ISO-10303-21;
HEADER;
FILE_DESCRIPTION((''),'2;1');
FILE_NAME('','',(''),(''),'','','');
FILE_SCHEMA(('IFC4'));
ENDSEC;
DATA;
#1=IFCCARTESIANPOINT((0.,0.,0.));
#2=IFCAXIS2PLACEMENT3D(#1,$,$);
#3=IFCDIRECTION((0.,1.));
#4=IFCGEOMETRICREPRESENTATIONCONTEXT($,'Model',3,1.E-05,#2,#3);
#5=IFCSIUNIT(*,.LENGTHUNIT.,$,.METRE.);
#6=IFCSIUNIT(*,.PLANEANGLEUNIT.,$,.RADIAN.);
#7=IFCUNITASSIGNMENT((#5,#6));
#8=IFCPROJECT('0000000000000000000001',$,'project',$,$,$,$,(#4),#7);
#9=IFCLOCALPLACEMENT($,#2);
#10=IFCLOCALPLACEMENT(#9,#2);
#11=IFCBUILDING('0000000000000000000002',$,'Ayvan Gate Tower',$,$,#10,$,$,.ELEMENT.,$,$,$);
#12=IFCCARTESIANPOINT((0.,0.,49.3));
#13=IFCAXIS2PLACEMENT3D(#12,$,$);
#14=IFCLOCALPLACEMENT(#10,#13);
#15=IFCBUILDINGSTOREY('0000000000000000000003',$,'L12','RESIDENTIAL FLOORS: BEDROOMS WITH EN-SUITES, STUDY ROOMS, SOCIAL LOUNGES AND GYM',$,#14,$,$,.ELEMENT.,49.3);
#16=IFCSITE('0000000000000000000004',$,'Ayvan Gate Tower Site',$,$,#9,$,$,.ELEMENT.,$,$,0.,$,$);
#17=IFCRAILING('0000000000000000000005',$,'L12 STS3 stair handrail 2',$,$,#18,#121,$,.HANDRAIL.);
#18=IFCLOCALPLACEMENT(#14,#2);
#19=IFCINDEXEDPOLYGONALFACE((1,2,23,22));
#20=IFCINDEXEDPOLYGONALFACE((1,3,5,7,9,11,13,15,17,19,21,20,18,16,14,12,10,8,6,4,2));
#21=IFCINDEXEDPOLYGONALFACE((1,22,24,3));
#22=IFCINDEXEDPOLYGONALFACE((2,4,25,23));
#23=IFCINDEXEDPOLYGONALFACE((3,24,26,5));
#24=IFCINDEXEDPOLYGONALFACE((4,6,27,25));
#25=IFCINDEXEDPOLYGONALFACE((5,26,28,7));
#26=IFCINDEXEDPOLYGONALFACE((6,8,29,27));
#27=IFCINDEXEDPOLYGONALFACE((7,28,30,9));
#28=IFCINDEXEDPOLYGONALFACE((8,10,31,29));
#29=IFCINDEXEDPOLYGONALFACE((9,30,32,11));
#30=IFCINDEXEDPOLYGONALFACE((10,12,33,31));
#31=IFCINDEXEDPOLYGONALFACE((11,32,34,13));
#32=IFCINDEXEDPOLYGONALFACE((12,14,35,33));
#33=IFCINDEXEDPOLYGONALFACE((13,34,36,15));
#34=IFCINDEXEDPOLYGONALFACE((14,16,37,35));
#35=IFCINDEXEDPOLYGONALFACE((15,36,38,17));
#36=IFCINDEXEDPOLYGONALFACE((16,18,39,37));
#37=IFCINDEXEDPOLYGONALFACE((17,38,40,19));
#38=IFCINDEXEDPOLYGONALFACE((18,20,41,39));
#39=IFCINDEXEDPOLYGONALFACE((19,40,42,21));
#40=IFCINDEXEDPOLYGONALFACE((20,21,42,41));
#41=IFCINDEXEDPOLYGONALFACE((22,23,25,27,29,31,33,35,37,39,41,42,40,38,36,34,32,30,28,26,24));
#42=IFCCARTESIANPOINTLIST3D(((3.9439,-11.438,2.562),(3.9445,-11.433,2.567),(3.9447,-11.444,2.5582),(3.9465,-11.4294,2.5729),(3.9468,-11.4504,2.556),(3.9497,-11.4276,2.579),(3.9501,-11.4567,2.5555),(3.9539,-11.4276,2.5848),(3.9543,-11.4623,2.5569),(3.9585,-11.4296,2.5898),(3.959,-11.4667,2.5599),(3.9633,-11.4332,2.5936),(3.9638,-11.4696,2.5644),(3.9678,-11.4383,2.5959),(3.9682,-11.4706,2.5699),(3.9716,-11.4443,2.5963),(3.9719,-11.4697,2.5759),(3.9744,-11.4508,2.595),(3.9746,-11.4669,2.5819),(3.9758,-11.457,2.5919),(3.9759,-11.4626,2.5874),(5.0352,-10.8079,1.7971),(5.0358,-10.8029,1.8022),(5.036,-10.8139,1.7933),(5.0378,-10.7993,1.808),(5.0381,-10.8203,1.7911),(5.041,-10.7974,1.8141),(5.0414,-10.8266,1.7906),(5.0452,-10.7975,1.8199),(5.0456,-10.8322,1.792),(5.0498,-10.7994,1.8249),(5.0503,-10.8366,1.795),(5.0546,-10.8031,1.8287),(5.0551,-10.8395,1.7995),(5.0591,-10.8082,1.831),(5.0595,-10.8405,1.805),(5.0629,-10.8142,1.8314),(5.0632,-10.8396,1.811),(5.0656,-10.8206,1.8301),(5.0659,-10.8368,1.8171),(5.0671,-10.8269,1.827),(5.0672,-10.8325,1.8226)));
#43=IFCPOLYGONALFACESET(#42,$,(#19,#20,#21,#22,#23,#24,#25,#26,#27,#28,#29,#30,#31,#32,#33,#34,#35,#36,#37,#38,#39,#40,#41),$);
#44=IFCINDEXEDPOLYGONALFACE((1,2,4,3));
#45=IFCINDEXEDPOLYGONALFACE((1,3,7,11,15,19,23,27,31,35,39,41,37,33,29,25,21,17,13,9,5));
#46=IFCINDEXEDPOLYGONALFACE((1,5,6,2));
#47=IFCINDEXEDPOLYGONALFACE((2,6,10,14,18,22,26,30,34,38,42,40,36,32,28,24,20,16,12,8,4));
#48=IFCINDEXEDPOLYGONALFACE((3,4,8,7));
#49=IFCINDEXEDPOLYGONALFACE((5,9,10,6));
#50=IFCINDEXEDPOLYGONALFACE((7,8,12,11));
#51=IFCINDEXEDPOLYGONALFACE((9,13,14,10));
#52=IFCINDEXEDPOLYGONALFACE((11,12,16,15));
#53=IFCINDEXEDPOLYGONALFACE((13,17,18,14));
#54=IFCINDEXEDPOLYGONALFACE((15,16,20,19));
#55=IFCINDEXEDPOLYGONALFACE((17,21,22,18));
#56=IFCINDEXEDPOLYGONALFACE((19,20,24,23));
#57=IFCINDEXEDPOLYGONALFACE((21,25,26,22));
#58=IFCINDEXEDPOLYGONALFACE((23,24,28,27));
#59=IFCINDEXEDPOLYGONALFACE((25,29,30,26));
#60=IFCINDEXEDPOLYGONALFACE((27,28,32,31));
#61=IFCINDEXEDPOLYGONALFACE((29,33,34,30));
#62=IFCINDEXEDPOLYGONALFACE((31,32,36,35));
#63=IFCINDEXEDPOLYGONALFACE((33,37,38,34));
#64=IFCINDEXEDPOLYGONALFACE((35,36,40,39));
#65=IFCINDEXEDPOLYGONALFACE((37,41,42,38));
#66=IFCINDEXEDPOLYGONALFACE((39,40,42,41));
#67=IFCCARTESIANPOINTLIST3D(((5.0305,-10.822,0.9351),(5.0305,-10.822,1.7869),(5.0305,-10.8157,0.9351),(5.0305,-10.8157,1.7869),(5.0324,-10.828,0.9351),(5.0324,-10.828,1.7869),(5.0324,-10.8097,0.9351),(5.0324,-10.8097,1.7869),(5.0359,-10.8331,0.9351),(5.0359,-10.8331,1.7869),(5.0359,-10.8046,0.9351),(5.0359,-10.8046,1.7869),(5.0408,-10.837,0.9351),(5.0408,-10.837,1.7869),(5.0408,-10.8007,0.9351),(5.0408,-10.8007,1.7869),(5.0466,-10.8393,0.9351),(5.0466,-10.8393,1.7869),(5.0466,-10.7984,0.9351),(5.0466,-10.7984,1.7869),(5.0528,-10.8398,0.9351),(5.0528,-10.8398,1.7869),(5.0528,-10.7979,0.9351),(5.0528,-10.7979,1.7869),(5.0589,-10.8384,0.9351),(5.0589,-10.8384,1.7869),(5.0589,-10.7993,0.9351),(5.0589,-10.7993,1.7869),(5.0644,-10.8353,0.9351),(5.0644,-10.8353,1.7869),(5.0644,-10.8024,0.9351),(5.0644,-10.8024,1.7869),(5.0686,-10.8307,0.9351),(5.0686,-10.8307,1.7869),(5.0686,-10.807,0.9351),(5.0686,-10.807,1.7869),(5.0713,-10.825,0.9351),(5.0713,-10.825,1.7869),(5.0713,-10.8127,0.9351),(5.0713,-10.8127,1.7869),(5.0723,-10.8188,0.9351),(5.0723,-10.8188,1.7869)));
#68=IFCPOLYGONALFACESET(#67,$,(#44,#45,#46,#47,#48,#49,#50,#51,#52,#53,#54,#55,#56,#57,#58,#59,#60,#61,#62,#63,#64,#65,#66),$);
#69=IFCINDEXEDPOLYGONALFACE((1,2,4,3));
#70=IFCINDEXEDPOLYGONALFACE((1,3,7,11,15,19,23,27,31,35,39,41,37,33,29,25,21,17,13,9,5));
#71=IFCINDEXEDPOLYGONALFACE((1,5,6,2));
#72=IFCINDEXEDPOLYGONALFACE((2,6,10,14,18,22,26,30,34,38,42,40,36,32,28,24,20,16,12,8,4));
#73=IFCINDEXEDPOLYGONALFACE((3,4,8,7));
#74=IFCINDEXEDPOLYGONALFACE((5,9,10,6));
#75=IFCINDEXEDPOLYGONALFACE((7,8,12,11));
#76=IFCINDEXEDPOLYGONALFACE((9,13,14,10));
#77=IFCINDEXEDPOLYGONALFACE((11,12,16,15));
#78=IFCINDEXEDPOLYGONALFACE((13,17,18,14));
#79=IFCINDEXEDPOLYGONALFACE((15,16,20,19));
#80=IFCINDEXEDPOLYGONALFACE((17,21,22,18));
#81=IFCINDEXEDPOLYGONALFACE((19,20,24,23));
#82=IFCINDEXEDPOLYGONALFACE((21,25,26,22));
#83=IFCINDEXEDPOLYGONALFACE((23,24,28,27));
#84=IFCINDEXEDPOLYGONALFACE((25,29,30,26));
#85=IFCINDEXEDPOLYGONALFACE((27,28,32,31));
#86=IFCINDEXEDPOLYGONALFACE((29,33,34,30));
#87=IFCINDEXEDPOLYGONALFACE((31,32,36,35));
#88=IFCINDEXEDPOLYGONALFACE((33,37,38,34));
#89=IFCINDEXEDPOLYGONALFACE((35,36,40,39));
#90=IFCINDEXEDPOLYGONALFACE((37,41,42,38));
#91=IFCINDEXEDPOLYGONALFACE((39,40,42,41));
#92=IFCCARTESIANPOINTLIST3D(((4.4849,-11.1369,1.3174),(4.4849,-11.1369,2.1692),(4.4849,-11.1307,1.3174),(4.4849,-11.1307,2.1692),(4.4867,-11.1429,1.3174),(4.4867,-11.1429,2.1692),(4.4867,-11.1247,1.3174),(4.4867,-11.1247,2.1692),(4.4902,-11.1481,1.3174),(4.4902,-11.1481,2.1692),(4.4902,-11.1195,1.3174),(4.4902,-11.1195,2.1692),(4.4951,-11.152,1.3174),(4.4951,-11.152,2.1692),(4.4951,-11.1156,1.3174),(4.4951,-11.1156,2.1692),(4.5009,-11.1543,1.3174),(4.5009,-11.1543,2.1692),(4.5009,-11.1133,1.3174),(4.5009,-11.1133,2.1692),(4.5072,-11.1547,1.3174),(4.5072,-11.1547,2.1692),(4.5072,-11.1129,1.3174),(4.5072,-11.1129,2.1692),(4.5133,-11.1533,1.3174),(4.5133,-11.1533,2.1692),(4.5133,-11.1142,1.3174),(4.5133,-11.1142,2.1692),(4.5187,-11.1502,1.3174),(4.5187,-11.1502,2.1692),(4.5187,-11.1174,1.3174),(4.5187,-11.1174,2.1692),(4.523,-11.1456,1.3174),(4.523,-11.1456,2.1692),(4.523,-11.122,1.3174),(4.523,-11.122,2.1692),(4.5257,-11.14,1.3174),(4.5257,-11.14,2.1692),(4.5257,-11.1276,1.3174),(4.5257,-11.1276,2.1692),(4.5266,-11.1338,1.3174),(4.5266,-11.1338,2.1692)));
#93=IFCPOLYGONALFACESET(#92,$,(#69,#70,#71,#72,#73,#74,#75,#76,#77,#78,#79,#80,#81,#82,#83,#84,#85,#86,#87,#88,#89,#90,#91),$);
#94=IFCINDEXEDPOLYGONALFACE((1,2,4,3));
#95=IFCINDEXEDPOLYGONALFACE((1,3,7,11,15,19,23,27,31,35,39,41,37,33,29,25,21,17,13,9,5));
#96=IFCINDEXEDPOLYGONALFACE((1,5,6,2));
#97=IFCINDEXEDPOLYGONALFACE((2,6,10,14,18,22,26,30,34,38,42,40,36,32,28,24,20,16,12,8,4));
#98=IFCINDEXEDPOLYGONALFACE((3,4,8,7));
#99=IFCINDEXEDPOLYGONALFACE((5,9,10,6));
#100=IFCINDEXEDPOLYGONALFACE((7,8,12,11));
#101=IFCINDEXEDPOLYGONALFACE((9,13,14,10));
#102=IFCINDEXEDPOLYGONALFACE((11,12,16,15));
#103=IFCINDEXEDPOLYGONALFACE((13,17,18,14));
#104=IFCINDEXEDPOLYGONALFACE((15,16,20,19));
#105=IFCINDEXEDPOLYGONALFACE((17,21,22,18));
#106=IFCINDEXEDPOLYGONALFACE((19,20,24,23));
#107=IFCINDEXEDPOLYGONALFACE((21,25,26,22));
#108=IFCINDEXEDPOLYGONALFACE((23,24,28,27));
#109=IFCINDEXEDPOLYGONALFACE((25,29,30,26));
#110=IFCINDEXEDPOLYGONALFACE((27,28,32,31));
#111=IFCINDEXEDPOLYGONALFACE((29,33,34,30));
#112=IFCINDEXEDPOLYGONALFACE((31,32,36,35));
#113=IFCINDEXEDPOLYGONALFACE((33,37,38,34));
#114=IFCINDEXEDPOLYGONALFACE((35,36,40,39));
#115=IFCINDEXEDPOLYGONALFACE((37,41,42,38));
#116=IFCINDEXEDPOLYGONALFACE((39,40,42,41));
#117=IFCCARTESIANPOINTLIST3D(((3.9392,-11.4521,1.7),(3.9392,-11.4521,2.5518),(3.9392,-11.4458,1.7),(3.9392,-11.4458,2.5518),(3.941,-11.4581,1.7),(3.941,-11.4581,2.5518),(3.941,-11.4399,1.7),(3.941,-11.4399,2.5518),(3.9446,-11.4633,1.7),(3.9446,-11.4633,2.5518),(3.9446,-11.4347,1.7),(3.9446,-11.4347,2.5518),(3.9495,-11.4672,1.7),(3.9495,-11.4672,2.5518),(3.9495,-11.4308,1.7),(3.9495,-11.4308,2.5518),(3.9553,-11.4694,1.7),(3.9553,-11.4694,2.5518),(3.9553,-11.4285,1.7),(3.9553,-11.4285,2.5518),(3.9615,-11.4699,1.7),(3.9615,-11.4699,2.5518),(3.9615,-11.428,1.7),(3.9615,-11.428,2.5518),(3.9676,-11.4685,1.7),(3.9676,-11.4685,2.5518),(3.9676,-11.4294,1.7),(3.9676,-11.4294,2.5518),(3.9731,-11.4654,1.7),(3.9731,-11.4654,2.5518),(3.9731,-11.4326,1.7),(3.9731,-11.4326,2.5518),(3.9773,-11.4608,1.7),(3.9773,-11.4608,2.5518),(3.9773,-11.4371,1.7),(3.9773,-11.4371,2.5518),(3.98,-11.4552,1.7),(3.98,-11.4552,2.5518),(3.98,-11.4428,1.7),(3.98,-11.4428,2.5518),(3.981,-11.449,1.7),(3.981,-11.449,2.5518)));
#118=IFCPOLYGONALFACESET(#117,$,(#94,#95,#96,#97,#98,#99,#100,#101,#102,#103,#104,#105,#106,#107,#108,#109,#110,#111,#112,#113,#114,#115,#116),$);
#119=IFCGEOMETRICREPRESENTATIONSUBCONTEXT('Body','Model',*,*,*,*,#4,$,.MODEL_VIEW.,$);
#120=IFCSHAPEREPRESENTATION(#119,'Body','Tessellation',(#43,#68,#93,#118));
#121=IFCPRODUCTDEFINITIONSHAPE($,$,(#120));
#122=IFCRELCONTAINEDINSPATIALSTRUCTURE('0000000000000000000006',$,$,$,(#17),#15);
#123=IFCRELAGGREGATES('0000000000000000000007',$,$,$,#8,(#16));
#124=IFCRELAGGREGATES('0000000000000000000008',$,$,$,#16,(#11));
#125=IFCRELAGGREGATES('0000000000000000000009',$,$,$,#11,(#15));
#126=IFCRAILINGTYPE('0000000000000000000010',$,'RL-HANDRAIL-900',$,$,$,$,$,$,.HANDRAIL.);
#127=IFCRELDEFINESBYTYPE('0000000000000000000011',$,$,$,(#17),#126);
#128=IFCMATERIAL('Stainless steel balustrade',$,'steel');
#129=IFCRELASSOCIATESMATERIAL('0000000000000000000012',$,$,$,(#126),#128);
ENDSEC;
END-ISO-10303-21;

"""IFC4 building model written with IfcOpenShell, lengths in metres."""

from ifc_helpers import new_model, si_unit, direction, frame, origin, origin_2d, place, context, subcontext, project, spatial, circle, extrude, material, type_object, element, save


model = new_model("IFC4")

# Units and contexts
model_context = context("Model", 3, precision=1e-05, world=origin(), true_north=direction((0.0, 1.0)))
body_context = subcontext(model_context, "Body", "Model", "MODEL_VIEW")
ifc_project = project(units=[si_unit("LENGTHUNIT", "METRE"), si_unit("PLANEANGLEUNIT", "RADIAN")], contexts=[model_context])

# Site, building, storey
site_placement = place(None, origin())
site = spatial("IfcSite", under=ifc_project, at=site_placement, Name="Ayvan Gate Tower Site", CompositionType="ELEMENT", RefElevation=0.0)
building_placement = place(site_placement, origin())
building = spatial("IfcBuilding", under=site, at=building_placement, Name="Ayvan Gate Tower", CompositionType="ELEMENT")
storey_placement = place(building_placement, frame((0.0, 0.0, 49.3)))
storey = spatial("IfcBuildingStorey", under=building, at=storey_placement, Name="L12", Description="RESIDENTIAL FLOORS: BEDROOMS WITH EN-SUITES, STUDY ROOMS, SOCIAL LOUNGES AND GYM", CompositionType="ELEMENT", Elevation=49.3)

# Railing
ifc_material_1 = material(Name="Stainless steel balustrade", Category="steel")
railing_type_1 = type_object("IfcRailingType", Name="RL-HANDRAIL-900", PredefinedType="HANDRAIL", material=ifc_material_1)
railing_1_placement = place(storey_placement, frame((5.0513, -10.8188, 0.9351)))
element("IfcRailing", 1, at=railing_1_placement, inside=storey, type_object=railing_type_1, Name="L12 STS3 stair handrail 2", PredefinedType="HANDRAIL", context=body_context, shape_type="SweptSolid", body=[
    extrude(circle(Radius=0.0239, at=origin_2d()), frame((0.0, 0.0, 0.876), z_axis=(-0.740304, -0.427455, 0.518875), x_axis=(0.500035, -0.866005, 0.0)), (0.0, 0.0, 1.0), 1.4741),
    extrude(circle(Radius=0.021, at=origin_2d()), origin(), (0.0, 0.0, 1.0), 0.8518),
    extrude(circle(Radius=0.021, at=origin_2d()), frame((-0.5457, -0.3149, 0.3823)), (0.0, 0.0, 1.0), 0.8518),
    extrude(circle(Radius=0.021, at=origin_2d()), frame((-1.0913, -0.6301, 0.7649)), (0.0, 0.0, 1.0), 0.8518),
])

save(model, "model.ifc")
